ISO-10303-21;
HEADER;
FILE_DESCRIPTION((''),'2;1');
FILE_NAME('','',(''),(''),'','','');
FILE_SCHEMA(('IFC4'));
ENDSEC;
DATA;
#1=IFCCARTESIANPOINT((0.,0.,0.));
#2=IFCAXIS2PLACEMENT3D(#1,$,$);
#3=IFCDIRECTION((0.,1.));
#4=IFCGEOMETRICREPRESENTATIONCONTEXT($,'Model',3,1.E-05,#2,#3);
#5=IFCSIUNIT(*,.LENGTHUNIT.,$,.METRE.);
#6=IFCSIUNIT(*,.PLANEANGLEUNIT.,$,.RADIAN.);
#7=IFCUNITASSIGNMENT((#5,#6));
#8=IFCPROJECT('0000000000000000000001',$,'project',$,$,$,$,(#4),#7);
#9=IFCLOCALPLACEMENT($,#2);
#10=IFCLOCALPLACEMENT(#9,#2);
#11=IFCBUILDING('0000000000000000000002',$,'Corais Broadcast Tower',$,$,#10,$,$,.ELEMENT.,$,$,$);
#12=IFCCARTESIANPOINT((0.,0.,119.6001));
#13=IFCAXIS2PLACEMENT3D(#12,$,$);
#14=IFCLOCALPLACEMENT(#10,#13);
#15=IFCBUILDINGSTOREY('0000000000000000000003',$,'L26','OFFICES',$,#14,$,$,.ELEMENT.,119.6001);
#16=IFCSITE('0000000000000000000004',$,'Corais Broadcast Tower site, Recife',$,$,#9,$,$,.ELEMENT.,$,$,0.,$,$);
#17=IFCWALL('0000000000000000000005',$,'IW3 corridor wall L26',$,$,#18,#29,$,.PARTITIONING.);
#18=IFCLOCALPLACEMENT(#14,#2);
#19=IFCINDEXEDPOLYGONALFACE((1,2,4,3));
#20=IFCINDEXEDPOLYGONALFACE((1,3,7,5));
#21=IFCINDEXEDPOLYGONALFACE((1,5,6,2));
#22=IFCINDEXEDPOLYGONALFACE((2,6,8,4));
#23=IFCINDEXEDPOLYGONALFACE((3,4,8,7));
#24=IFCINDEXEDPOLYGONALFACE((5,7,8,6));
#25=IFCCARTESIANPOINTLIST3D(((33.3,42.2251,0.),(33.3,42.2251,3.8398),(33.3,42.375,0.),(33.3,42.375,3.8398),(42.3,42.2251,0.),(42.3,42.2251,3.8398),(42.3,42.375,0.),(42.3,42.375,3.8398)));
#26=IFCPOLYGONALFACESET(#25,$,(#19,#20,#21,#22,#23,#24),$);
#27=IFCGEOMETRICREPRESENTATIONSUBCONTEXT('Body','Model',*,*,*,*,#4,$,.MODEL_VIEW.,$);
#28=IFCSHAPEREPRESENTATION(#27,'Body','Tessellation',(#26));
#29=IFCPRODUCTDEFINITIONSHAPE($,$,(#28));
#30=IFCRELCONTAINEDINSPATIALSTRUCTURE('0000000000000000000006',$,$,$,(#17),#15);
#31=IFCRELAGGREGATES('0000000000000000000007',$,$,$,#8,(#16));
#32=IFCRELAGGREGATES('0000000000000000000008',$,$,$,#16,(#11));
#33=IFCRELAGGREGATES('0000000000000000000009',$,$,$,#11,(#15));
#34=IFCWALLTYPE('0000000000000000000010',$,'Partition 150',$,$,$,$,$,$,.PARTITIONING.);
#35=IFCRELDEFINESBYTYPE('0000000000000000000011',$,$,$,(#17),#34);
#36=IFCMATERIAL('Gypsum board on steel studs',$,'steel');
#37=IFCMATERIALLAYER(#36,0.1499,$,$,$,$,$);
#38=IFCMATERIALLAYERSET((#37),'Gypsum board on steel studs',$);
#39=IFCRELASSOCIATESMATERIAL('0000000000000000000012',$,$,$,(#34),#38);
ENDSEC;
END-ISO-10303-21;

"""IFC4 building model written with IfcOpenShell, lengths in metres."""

from ifc_helpers import new_model, si_unit, direction, frame, frame_2d, origin, place, context, subcontext, project, spatial, rectangle, extrude, material, layer, layer_set, type_object, element, save


model = new_model("IFC4")

# Units and contexts
model_context = context("Model", 3, precision=1e-05, world=origin(), true_north=direction((0.0, 1.0)))
body_context = subcontext(model_context, "Body", "Model", "MODEL_VIEW")
ifc_project = project(units=[si_unit("LENGTHUNIT", "METRE"), si_unit("PLANEANGLEUNIT", "RADIAN")], contexts=[model_context])

# Site, building, storey
site_placement = place(None, origin())
site = spatial("IfcSite", under=ifc_project, at=site_placement, Name="Corais Broadcast Tower site, Recife", CompositionType="ELEMENT", RefElevation=0.0)
building_placement = place(site_placement, origin())
building = spatial("IfcBuilding", under=site, at=building_placement, Name="Corais Broadcast Tower", CompositionType="ELEMENT")
storey_placement = place(building_placement, frame((0.0, 0.0, 119.6001)))
storey = spatial("IfcBuildingStorey", under=building, at=storey_placement, Name="L26", Description="OFFICES", CompositionType="ELEMENT", Elevation=119.6001)

# Wall
ifc_material_1 = material(Name="Gypsum board on steel studs", Category="steel")
ifc_layer_1 = layer(ifc_material_1, 0.1499)
ifc_layer_set_1 = layer_set([ifc_layer_1], Name="Gypsum board on steel studs")
wall_type = type_object("IfcWallType", Name="Partition 150", PredefinedType="PARTITIONING", material=ifc_layer_set_1)
wall_placement = place(storey_placement, frame((42.3, 42.3, 0.0), z_axis=(0.0, 0.0, 1.0), x_axis=(-1.0, 0.0, 0.0)))
element("IfcWall", 1, at=wall_placement, inside=storey, type_object=wall_type, Name="IW3 corridor wall L26", PredefinedType="PARTITIONING", context=body_context, shape_type="SweptSolid", body=[
    extrude(rectangle(XDim=9.0, YDim=0.1499, at=frame_2d((4.5, 0.0))), origin(), (0.0, 0.0, 1.0), 3.8398),
])

save(model, "model.ifc")
